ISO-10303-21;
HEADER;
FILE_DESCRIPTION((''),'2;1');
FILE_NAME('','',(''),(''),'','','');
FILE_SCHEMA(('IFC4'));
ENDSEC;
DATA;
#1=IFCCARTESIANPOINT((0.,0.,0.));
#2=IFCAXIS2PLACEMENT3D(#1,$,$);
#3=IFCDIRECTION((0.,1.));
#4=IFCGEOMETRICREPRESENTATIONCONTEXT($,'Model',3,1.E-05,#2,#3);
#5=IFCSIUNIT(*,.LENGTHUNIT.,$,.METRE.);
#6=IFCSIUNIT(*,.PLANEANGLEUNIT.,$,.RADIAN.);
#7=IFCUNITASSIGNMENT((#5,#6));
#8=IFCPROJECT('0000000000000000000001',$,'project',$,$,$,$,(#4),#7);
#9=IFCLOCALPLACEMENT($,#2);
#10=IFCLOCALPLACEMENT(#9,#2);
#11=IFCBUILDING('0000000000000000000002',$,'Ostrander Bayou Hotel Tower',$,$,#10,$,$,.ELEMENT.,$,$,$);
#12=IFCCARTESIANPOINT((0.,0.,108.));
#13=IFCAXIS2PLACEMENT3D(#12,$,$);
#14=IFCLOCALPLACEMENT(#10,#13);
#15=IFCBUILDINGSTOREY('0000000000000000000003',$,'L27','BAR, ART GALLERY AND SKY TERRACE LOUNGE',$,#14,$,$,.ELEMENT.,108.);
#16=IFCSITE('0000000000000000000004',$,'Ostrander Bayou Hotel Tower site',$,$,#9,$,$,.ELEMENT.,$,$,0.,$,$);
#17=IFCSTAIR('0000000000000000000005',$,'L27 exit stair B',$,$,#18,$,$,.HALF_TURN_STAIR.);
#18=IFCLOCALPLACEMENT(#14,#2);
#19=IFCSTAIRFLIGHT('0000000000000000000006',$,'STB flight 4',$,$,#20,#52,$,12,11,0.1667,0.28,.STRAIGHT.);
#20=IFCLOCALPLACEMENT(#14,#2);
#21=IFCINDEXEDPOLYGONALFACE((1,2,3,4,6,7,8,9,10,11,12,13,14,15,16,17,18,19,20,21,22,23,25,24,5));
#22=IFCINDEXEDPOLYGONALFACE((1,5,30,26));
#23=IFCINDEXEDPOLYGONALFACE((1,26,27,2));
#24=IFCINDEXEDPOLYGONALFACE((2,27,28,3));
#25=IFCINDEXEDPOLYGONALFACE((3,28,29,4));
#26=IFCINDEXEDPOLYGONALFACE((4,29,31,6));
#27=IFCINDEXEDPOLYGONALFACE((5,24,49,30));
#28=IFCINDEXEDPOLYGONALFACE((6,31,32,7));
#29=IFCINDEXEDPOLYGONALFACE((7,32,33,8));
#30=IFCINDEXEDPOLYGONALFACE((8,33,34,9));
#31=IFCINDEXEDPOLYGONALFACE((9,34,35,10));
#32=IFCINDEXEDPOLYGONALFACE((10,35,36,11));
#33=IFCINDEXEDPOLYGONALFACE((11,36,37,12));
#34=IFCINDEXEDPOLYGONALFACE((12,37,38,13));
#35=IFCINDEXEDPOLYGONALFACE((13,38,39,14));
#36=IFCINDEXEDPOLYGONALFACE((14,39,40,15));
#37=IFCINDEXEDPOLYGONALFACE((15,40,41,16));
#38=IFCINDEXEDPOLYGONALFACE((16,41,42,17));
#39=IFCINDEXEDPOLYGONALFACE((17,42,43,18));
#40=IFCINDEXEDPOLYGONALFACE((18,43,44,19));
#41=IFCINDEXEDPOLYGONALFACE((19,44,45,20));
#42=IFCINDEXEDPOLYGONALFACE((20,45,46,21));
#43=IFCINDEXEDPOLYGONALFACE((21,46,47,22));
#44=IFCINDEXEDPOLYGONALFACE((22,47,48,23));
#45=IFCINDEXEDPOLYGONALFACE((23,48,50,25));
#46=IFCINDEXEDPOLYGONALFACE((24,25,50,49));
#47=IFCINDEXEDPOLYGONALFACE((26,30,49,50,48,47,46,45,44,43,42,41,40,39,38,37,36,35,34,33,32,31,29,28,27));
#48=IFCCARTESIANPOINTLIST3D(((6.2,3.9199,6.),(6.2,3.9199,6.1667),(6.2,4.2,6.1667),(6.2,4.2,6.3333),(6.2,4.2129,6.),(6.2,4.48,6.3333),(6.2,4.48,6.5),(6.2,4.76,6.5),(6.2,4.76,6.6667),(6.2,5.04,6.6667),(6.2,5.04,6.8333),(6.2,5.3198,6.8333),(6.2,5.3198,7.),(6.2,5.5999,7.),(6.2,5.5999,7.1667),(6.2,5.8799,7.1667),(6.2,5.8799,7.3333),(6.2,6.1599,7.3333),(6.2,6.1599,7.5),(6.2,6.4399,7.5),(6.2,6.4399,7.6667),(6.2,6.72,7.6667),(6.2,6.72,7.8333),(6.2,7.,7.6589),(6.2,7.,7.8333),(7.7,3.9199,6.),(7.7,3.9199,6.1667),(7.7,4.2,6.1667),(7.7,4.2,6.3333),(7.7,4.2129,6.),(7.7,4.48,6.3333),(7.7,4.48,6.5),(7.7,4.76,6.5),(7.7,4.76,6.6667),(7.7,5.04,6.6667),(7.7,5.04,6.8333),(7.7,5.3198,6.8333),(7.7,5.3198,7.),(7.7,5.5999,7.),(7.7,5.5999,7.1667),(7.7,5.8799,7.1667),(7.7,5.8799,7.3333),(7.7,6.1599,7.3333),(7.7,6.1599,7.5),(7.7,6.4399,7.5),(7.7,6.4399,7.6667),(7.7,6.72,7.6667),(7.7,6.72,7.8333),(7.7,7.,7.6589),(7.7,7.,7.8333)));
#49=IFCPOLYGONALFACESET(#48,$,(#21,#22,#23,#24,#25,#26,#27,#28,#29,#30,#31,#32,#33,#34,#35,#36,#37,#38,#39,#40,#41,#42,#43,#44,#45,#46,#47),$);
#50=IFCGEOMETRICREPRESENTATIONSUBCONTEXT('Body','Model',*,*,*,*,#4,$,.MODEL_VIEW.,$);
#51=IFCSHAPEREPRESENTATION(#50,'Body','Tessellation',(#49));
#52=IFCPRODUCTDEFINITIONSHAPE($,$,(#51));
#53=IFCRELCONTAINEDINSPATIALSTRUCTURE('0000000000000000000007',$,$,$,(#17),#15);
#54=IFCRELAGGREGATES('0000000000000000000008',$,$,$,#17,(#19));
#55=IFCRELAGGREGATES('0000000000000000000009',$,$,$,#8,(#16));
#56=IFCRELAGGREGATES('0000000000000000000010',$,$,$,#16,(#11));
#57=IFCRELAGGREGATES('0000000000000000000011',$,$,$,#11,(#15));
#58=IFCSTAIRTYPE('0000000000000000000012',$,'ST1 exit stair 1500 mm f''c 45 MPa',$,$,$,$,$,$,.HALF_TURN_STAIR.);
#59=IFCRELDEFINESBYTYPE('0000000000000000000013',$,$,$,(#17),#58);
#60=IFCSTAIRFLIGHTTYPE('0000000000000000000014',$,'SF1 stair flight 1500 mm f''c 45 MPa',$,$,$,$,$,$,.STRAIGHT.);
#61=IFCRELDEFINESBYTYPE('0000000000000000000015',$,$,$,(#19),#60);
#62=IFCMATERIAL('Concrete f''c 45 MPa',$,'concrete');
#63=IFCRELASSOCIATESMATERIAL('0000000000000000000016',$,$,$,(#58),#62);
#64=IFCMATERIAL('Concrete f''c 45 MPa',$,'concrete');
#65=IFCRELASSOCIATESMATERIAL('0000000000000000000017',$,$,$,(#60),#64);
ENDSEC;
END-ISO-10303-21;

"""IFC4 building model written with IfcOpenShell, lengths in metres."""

from ifc_helpers import new_model, si_unit, direction, frame, origin, place, context, subcontext, project, spatial, polyline, outline, extrude, material, type_object, element, aggregate, save


model = new_model("IFC4")

# Units and contexts
model_context = context("Model", 3, precision=1e-05, world=origin(), true_north=direction((0.0, 1.0)))
body_context = subcontext(model_context, "Body", "Model", "MODEL_VIEW")
ifc_project = project(units=[si_unit("LENGTHUNIT", "METRE"), si_unit("PLANEANGLEUNIT", "RADIAN")], contexts=[model_context])

# Site, building, storey
site_placement = place(None, origin())
site = spatial("IfcSite", under=ifc_project, at=site_placement, Name="Ostrander Bayou Hotel Tower site", CompositionType="ELEMENT", RefElevation=0.0)
building_placement = place(site_placement, origin())
building = spatial("IfcBuilding", under=site, at=building_placement, Name="Ostrander Bayou Hotel Tower", CompositionType="ELEMENT")
storey_placement = place(building_placement, frame((0.0, 0.0, 108.0)))
storey = spatial("IfcBuildingStorey", under=building, at=storey_placement, Name="L27", Description="BAR, ART GALLERY AND SKY TERRACE LOUNGE", CompositionType="ELEMENT", Elevation=108.0)

# Stair, stair flight
ifc_material_1 = material(Name="Concrete f'c 45 MPa", Category="concrete")
stair_type = type_object("IfcStairType", Name="ST1 exit stair 1500 mm f'c 45 MPa", PredefinedType="HALF_TURN_STAIR", material=ifc_material_1)
stair_placement = place(storey_placement, origin())
stair = element("IfcStair", 1, at=stair_placement, inside=storey, type_object=stair_type, Name="L27 exit stair B", PredefinedType="HALF_TURN_STAIR")
ifc_material_2 = material(Name="Concrete f'c 45 MPa", Category="concrete")
stair_flight_type = type_object("IfcStairFlightType", Name="SF1 stair flight 1500 mm f'c 45 MPa", PredefinedType="STRAIGHT", material=ifc_material_2)
stair_flight_1_placement = place(storey_placement, frame((6.95, 3.9199, 6.0), z_axis=(0.0, 0.0, 1.0), x_axis=(0.0, 1.0, 0.0)))
stair_flight_1 = element("IfcStairFlight", 2, at=stair_flight_1_placement, type_object=stair_flight_type, Name="STB flight 4", NumberOfRisers=12, NumberOfTreads=11, PredefinedType="STRAIGHT", RiserHeight=0.1667, TreadLength=0.28, context=body_context, shape_type="SweptSolid", body=[
    extrude(outline(polyline([(0.0, 0.0), (0.0, 0.1667), (0.28, 0.1667), (0.28, 0.3333), (0.5601, 0.3333), (0.5601, 0.5), (0.8401, 0.5), (0.8401, 0.6667), (1.1201, 0.6667), (1.1201, 0.8333), (1.3999, 0.8333), (1.3999, 1.0), (1.6799, 1.0), (1.6799, 1.1667), (1.96, 1.1667), (1.96, 1.3333), (2.24, 1.3333), (2.24, 1.5), (2.52, 1.5), (2.52, 1.6667), (2.8, 1.6667), (2.8, 1.8333), (3.0801, 1.8333), (3.0801, 2.0), (3.0801, 1.6589), (0.293, 0.0), (0.0, 0.0)])), frame((0.0, 0.75, 0.0), z_axis=(0.0, -1.0, 0.0), x_axis=(1.0, 0.0, 0.0)), (0.0, 0.0, 1.0), 1.5),
])
aggregate(stair, [stair_flight_1])

save(model, "model.ifc")
